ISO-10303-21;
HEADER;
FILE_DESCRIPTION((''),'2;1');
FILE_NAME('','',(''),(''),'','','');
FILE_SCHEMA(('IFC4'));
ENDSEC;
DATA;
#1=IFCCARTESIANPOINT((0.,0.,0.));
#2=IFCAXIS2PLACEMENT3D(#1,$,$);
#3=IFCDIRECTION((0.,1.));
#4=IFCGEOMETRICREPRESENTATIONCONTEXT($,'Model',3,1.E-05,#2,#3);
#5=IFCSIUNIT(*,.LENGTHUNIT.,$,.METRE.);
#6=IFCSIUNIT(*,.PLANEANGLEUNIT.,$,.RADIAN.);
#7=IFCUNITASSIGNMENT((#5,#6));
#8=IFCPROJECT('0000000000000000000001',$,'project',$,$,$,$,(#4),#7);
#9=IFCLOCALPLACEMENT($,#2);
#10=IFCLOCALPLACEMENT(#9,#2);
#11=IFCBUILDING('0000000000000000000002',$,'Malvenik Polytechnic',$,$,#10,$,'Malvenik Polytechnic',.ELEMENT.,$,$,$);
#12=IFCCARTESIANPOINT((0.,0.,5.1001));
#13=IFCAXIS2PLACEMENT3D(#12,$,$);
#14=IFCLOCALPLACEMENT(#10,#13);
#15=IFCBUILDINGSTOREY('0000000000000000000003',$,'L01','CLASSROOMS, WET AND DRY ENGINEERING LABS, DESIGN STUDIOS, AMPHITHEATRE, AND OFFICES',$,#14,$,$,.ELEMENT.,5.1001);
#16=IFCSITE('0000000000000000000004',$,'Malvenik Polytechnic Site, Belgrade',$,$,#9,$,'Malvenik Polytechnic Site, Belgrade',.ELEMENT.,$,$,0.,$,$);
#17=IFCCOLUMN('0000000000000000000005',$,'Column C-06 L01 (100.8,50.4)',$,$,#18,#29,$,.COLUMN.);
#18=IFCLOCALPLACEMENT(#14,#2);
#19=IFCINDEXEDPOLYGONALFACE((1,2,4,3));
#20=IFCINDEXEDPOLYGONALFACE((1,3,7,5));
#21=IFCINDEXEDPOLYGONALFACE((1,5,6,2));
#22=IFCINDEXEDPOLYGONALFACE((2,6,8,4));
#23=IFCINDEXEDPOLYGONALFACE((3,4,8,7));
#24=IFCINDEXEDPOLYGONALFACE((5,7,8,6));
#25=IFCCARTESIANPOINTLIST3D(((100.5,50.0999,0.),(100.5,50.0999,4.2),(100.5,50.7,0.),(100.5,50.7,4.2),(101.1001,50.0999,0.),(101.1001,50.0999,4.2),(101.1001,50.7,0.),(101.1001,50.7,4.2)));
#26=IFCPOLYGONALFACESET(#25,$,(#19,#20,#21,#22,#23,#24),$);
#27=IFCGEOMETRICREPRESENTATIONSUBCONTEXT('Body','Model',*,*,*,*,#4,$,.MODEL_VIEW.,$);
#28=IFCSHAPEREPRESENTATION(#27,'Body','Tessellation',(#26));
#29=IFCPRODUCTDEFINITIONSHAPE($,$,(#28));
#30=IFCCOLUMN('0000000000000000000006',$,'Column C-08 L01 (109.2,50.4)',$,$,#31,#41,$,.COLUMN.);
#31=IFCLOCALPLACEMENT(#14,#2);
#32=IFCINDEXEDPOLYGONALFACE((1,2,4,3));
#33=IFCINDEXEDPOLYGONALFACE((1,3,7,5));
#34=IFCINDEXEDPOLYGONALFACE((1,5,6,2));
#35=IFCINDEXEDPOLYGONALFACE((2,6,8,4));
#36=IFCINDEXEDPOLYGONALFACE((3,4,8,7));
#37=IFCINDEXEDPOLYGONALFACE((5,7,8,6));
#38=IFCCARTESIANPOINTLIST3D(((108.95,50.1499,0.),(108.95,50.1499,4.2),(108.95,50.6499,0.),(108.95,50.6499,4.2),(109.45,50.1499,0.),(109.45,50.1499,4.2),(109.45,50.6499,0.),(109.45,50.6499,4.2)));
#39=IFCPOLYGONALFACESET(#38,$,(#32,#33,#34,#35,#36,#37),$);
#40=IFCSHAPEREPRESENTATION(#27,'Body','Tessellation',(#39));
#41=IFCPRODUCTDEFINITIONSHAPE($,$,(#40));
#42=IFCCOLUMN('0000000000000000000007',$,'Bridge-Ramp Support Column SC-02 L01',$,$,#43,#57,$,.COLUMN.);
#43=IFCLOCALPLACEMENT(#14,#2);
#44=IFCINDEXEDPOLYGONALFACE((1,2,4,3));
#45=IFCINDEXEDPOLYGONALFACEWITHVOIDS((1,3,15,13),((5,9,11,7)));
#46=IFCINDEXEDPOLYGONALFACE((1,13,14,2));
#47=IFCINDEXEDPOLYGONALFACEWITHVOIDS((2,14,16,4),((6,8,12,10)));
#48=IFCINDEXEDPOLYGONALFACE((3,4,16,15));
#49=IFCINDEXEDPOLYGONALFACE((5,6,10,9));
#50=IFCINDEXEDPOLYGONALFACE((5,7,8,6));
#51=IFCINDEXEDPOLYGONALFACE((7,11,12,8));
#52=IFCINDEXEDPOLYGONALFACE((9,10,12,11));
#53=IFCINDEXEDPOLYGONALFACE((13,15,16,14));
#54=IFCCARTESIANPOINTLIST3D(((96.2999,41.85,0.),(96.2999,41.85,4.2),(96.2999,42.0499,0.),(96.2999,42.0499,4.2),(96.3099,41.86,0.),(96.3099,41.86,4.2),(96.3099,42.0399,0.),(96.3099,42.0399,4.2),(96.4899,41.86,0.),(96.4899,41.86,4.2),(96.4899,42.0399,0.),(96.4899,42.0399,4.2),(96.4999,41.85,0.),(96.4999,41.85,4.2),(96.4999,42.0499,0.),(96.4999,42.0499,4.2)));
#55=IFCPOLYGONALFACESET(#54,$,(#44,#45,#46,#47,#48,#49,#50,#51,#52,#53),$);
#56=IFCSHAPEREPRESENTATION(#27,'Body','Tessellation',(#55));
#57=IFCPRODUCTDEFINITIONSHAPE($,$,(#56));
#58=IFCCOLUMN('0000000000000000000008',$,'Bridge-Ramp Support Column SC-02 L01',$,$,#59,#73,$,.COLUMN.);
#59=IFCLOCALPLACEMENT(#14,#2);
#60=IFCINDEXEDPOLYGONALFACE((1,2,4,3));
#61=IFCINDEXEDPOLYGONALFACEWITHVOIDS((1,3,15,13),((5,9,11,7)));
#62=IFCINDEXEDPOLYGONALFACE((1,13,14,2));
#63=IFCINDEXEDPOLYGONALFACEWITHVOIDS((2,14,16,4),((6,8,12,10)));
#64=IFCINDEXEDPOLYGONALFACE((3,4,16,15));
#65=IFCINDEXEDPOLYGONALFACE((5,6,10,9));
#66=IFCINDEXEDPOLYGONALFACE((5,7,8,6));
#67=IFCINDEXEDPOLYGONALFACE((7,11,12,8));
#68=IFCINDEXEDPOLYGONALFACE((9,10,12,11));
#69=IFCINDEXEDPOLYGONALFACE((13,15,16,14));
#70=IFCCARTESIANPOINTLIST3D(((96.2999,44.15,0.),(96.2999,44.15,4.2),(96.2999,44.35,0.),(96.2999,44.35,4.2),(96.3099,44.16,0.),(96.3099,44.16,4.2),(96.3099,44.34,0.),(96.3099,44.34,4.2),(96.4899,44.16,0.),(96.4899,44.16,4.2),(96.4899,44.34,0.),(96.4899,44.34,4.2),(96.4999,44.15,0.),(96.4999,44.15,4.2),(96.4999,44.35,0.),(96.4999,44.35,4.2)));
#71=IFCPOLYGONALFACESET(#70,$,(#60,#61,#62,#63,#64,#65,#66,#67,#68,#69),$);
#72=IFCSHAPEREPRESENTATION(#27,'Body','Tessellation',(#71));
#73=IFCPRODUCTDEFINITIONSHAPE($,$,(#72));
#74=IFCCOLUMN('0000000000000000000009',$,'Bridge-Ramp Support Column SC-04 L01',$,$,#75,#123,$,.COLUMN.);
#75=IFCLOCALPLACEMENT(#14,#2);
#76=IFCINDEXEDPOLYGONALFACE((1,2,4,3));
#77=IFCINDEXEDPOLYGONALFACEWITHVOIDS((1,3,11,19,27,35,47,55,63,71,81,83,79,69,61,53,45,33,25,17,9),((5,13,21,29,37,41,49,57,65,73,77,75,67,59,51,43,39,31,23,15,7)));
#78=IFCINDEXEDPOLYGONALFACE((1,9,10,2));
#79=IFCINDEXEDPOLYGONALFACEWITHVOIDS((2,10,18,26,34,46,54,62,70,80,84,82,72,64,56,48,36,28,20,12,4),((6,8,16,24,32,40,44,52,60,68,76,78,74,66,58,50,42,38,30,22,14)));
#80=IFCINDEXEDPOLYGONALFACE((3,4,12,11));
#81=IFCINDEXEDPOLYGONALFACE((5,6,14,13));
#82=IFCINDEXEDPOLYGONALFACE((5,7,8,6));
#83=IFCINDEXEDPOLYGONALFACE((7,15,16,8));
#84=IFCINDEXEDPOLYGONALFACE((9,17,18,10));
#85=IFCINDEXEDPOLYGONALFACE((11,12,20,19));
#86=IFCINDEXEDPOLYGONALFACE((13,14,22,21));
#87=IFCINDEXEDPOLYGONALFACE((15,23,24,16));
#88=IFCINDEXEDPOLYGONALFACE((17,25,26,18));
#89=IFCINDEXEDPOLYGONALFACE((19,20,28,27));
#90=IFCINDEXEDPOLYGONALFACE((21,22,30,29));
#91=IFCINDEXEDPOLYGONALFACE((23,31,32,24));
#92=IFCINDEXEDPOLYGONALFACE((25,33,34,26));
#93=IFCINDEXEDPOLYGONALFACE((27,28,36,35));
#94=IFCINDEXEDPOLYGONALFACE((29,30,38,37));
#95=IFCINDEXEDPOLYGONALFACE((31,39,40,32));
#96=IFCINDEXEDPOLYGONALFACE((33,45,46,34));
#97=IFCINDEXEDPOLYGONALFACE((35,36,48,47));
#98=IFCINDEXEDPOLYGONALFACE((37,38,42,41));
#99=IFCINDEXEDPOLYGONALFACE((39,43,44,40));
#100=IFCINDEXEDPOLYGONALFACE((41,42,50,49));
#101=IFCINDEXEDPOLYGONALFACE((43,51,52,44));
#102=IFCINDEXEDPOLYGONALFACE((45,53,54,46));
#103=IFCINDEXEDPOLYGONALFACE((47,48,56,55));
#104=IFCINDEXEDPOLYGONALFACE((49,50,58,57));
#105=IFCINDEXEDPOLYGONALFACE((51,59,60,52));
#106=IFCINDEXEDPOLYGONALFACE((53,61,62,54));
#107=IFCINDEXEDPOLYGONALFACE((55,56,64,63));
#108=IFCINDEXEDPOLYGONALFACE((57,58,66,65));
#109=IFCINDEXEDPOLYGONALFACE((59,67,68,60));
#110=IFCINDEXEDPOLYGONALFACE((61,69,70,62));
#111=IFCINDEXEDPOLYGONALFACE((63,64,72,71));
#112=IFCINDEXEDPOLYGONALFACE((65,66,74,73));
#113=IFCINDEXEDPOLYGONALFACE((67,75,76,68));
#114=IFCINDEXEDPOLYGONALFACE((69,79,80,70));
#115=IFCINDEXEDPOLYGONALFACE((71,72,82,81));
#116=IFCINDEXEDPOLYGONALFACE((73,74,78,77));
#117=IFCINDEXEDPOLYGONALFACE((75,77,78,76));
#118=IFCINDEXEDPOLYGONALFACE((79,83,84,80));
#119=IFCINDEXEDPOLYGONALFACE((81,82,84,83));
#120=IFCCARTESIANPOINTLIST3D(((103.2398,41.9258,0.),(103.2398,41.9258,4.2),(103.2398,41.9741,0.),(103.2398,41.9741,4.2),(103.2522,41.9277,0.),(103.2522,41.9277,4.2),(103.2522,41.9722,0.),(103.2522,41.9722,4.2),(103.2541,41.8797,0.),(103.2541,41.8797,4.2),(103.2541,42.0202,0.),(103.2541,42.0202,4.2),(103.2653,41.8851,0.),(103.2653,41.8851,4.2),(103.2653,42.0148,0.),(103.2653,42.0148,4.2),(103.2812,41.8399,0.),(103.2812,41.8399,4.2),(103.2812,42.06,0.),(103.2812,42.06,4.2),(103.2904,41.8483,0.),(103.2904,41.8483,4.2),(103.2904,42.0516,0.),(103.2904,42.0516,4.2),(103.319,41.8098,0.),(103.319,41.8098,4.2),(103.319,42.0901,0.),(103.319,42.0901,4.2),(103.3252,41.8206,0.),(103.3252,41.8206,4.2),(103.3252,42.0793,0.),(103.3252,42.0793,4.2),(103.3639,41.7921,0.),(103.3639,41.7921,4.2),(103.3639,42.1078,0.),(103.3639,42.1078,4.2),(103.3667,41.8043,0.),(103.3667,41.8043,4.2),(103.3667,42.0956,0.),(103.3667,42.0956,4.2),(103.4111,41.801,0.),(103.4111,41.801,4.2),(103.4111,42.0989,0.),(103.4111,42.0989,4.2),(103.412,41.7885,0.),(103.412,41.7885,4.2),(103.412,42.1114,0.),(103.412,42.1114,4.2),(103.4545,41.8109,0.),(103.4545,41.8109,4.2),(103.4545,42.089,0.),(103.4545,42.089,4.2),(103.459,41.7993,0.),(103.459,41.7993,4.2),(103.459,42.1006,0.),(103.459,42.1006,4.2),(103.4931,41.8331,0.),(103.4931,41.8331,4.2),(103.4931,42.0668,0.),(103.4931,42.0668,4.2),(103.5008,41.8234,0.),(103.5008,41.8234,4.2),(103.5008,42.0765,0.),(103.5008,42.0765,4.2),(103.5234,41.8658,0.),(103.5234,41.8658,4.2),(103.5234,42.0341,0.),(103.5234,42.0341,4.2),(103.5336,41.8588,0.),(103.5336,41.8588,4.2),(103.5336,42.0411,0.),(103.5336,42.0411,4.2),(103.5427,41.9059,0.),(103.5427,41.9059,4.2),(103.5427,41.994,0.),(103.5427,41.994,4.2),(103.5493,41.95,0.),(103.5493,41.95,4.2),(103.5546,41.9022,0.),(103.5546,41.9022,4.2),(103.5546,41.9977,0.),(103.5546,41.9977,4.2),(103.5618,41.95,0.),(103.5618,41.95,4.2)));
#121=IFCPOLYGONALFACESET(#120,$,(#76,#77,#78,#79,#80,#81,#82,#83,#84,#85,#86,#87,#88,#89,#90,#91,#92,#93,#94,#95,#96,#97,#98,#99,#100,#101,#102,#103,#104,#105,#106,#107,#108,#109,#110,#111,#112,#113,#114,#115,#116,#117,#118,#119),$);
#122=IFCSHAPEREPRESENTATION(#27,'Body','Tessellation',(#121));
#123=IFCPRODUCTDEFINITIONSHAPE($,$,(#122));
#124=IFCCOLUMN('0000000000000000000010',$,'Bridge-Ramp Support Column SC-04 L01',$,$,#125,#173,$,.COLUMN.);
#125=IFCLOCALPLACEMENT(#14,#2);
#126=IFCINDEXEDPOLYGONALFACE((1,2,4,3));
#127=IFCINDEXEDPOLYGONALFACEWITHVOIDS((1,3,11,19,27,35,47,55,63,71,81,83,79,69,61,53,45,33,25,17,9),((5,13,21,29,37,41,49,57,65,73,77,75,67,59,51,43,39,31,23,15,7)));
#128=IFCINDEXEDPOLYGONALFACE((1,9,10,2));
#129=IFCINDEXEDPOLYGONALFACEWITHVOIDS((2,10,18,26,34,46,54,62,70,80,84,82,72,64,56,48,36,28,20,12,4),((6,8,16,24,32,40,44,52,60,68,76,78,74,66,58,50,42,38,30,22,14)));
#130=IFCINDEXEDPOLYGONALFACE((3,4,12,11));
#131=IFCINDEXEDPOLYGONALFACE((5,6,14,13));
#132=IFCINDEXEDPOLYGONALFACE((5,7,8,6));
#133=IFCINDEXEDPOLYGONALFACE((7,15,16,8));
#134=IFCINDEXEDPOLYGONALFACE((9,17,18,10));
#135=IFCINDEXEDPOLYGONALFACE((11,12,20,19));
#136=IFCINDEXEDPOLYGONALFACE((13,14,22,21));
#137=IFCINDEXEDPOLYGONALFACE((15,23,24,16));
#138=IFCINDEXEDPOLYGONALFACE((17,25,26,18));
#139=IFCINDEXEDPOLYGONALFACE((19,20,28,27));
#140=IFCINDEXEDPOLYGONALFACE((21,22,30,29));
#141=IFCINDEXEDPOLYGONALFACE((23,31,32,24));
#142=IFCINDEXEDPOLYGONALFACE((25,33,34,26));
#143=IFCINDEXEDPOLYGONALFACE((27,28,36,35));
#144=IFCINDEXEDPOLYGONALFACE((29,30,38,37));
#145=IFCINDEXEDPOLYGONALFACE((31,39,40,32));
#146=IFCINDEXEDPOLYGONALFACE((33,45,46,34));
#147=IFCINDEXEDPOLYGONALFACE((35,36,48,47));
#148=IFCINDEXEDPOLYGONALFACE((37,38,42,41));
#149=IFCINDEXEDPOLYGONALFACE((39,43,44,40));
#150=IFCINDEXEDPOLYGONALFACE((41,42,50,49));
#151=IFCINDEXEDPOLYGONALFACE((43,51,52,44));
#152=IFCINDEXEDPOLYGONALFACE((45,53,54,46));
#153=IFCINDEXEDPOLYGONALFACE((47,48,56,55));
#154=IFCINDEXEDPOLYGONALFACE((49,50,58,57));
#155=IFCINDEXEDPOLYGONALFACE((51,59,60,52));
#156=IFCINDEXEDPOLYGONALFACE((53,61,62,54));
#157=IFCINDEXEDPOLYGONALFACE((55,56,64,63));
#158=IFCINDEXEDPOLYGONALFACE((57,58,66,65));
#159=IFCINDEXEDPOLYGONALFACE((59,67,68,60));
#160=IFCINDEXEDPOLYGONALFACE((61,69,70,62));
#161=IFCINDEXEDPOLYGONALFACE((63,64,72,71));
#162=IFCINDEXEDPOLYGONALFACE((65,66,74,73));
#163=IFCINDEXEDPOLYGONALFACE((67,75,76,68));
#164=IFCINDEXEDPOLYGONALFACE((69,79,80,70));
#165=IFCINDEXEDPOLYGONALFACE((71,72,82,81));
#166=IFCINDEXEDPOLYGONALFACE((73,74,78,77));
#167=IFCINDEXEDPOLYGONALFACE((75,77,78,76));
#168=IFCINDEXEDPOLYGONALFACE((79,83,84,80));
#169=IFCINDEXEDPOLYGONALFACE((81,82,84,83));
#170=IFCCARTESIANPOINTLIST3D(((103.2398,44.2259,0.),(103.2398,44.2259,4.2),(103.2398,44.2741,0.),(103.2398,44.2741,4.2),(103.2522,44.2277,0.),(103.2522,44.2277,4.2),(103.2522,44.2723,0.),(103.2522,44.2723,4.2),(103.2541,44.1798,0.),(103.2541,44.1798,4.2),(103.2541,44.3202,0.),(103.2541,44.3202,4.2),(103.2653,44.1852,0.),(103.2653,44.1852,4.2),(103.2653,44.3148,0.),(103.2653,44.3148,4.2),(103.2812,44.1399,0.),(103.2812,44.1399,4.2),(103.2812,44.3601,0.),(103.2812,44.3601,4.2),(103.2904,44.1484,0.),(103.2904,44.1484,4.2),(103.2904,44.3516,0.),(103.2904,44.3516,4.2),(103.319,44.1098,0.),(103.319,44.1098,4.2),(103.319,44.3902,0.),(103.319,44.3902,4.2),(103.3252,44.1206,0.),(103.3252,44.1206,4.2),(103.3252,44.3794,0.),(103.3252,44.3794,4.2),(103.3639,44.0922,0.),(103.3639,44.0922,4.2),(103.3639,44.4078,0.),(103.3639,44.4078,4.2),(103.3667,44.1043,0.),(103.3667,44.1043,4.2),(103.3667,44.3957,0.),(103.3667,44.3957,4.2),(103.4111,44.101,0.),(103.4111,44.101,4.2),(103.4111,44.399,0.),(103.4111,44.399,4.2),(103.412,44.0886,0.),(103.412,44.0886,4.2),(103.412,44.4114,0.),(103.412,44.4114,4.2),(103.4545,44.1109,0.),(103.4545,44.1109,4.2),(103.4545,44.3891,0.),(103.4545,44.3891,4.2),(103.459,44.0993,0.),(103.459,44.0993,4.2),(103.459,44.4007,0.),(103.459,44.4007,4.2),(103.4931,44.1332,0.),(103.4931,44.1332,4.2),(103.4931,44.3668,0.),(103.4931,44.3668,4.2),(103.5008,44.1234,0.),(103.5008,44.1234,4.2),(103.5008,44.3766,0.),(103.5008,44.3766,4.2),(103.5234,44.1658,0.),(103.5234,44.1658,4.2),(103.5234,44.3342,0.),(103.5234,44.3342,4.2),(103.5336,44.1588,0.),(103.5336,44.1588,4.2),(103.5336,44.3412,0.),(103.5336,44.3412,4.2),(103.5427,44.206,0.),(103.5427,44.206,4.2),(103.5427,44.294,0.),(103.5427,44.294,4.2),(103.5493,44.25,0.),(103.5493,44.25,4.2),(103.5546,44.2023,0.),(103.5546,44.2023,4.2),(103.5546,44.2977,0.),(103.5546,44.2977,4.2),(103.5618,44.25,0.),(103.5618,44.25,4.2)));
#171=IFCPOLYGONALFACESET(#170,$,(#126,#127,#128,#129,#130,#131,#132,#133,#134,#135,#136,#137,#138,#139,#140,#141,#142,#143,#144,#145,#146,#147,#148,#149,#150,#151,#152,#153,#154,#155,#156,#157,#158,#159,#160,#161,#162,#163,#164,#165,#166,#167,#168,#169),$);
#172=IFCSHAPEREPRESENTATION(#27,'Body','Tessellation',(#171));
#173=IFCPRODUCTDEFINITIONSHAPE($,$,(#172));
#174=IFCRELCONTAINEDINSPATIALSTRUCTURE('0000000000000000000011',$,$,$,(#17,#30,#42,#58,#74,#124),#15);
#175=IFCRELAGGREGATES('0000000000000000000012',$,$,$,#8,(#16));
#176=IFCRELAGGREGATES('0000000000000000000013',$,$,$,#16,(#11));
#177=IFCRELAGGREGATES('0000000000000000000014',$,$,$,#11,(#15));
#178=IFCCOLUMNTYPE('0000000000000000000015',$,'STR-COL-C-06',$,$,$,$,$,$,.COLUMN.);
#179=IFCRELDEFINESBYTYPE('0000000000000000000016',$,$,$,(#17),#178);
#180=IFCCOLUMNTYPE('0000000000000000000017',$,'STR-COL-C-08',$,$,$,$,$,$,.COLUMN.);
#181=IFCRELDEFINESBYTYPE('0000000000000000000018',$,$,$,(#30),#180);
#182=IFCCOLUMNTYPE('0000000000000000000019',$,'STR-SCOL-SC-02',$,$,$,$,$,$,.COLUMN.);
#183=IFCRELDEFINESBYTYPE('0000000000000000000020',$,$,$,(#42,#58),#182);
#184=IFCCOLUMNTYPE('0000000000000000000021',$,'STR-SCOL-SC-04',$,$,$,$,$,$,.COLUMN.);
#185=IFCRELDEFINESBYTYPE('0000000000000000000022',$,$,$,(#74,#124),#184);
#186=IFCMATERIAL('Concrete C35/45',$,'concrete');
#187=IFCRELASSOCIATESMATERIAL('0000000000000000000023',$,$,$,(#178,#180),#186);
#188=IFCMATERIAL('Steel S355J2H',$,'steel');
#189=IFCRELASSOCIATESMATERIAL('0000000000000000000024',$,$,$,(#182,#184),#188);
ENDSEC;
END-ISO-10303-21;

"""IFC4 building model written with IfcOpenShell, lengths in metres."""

from ifc_helpers import new_model, si_unit, direction, frame, origin, origin_2d, place, context, subcontext, project, spatial, rectangle, hollow_rectangle, hollow_circle, extrude, material, material_profile, profile_set, type_object, element, save


model = new_model("IFC4")

# Units and contexts
model_context = context("Model", 3, precision=1e-05, world=origin(), true_north=direction((0.0, 1.0)))
body_context = subcontext(model_context, "Body", "Model", "MODEL_VIEW")
ifc_project = project(units=[si_unit("LENGTHUNIT", "METRE"), si_unit("PLANEANGLEUNIT", "RADIAN")], contexts=[model_context])

# Site, building, storey
site_placement = place(None, origin())
site = spatial("IfcSite", under=ifc_project, at=site_placement, Name="Malvenik Polytechnic Site, Belgrade", LongName="Malvenik Polytechnic Site, Belgrade", CompositionType="ELEMENT", RefElevation=0.0)
building_placement = place(site_placement, origin())
building = spatial("IfcBuilding", under=site, at=building_placement, Name="Malvenik Polytechnic", LongName="Malvenik Polytechnic", CompositionType="ELEMENT")
storey_placement = place(building_placement, frame((0.0, 0.0, 5.1001)))
storey = spatial("IfcBuildingStorey", under=building, at=storey_placement, Name="L01", Description="CLASSROOMS, WET AND DRY ENGINEERING LABS, DESIGN STUDIOS, AMPHITHEATRE, AND OFFICES", CompositionType="ELEMENT", Elevation=5.1001)

# Columns
ifc_material_1 = material(Name="Concrete C35/45", Category="concrete")
ifc_material_profile_1 = material_profile(ifc_material_1, rectangle(XDim=0.6001, YDim=0.6001, at=origin_2d()), Name="RC COL 600x600")
ifc_profile_set_1 = profile_set([ifc_material_profile_1], Name="Concrete C35/45")
column_type_1 = type_object("IfcColumnType", Name="STR-COL-C-06", PredefinedType="COLUMN", material=ifc_profile_set_1)
column_1_placement = place(storey_placement, frame((100.8, 50.3999, 0.0), z_axis=(0.0, 0.0, 1.0), x_axis=(1.0, 0.0, 0.0)))
element("IfcColumn", 1, at=column_1_placement, inside=storey, type_object=column_type_1, Name="Column C-06 L01 (100.8,50.4)", PredefinedType="COLUMN", context=body_context, shape_type="SweptSolid", body=[
    extrude(rectangle(XDim=0.6001, YDim=0.6001, at=origin_2d()), origin(), (0.0, 0.0, 1.0), 4.2),
])
ifc_material_profile_2 = material_profile(ifc_material_1, rectangle(XDim=0.5, YDim=0.5, at=origin_2d()), Name="RC COL 500x500")
ifc_profile_set_2 = profile_set([ifc_material_profile_2], Name="Concrete C35/45")
column_type_2 = type_object("IfcColumnType", Name="STR-COL-C-08", PredefinedType="COLUMN", material=ifc_profile_set_2)
column_2_placement = place(storey_placement, frame((109.2, 50.3999, 0.0), z_axis=(0.0, 0.0, 1.0), x_axis=(1.0, 0.0, 0.0)))
element("IfcColumn", 2, at=column_2_placement, inside=storey, type_object=column_type_2, Name="Column C-08 L01 (109.2,50.4)", PredefinedType="COLUMN", context=body_context, shape_type="SweptSolid", body=[
    extrude(rectangle(XDim=0.5, YDim=0.5, at=origin_2d()), origin(), (0.0, 0.0, 1.0), 4.2),
])
ifc_material_2 = material(Name="Steel S355J2H", Category="steel")
ifc_material_profile_3 = material_profile(ifc_material_2, hollow_rectangle(XDim=0.2, YDim=0.2, WallThickness=0.01, at=origin_2d()), Name="SHS 200x200x10.0")
ifc_profile_set_3 = profile_set([ifc_material_profile_3], Name="Steel S355J2H")
column_type_3 = type_object("IfcColumnType", Name="STR-SCOL-SC-02", PredefinedType="COLUMN", material=ifc_profile_set_3)
for number, where, z_axis, x_axis, name in (
    (3, (96.3999, 41.95, 0.0), (0.0, 0.0, 1.0), (1.0, 0.0, 0.0), "Bridge-Ramp Support Column SC-02 L01"),
    (4, (96.3999, 44.25, 0.0), (0.0, 0.0, 1.0), (1.0, 0.0, 0.0), "Bridge-Ramp Support Column SC-02 L01"),
):
    element("IfcColumn", number, at=place(storey_placement, frame(where, z_axis=z_axis, x_axis=x_axis)), inside=storey, type_object=column_type_3, Name=name, PredefinedType="COLUMN", context=body_context, shape_type="SweptSolid", body=[
        extrude(hollow_rectangle(XDim=0.2, YDim=0.2, WallThickness=0.01, at=origin_2d()), origin(), (0.0, 0.0, 1.0), 4.2),
    ])
ifc_material_profile_4 = material_profile(ifc_material_2, hollow_circle(Radius=0.1619, WallThickness=0.0125, at=origin_2d()), Name="CHS 323.9x12.5")
ifc_profile_set_4 = profile_set([ifc_material_profile_4], Name="Steel S355J2H")
column_type_4 = type_object("IfcColumnType", Name="STR-SCOL-SC-04", PredefinedType="COLUMN", material=ifc_profile_set_4)
for number, where, z_axis, x_axis, name in (
    (5, (103.3999, 41.95, 0.0), (0.0, 0.0, 1.0), (1.0, 0.0, 0.0), "Bridge-Ramp Support Column SC-04 L01"),
    (6, (103.3999, 44.25, 0.0), (0.0, 0.0, 1.0), (1.0, 0.0, 0.0), "Bridge-Ramp Support Column SC-04 L01"),
):
    element("IfcColumn", number, at=place(storey_placement, frame(where, z_axis=z_axis, x_axis=x_axis)), inside=storey, type_object=column_type_4, Name=name, PredefinedType="COLUMN", context=body_context, shape_type="SweptSolid", body=[
        extrude(hollow_circle(Radius=0.1619, WallThickness=0.0125, at=origin_2d()), origin(), (0.0, 0.0, 1.0), 4.2),
    ])

save(model, "model.ifc")
